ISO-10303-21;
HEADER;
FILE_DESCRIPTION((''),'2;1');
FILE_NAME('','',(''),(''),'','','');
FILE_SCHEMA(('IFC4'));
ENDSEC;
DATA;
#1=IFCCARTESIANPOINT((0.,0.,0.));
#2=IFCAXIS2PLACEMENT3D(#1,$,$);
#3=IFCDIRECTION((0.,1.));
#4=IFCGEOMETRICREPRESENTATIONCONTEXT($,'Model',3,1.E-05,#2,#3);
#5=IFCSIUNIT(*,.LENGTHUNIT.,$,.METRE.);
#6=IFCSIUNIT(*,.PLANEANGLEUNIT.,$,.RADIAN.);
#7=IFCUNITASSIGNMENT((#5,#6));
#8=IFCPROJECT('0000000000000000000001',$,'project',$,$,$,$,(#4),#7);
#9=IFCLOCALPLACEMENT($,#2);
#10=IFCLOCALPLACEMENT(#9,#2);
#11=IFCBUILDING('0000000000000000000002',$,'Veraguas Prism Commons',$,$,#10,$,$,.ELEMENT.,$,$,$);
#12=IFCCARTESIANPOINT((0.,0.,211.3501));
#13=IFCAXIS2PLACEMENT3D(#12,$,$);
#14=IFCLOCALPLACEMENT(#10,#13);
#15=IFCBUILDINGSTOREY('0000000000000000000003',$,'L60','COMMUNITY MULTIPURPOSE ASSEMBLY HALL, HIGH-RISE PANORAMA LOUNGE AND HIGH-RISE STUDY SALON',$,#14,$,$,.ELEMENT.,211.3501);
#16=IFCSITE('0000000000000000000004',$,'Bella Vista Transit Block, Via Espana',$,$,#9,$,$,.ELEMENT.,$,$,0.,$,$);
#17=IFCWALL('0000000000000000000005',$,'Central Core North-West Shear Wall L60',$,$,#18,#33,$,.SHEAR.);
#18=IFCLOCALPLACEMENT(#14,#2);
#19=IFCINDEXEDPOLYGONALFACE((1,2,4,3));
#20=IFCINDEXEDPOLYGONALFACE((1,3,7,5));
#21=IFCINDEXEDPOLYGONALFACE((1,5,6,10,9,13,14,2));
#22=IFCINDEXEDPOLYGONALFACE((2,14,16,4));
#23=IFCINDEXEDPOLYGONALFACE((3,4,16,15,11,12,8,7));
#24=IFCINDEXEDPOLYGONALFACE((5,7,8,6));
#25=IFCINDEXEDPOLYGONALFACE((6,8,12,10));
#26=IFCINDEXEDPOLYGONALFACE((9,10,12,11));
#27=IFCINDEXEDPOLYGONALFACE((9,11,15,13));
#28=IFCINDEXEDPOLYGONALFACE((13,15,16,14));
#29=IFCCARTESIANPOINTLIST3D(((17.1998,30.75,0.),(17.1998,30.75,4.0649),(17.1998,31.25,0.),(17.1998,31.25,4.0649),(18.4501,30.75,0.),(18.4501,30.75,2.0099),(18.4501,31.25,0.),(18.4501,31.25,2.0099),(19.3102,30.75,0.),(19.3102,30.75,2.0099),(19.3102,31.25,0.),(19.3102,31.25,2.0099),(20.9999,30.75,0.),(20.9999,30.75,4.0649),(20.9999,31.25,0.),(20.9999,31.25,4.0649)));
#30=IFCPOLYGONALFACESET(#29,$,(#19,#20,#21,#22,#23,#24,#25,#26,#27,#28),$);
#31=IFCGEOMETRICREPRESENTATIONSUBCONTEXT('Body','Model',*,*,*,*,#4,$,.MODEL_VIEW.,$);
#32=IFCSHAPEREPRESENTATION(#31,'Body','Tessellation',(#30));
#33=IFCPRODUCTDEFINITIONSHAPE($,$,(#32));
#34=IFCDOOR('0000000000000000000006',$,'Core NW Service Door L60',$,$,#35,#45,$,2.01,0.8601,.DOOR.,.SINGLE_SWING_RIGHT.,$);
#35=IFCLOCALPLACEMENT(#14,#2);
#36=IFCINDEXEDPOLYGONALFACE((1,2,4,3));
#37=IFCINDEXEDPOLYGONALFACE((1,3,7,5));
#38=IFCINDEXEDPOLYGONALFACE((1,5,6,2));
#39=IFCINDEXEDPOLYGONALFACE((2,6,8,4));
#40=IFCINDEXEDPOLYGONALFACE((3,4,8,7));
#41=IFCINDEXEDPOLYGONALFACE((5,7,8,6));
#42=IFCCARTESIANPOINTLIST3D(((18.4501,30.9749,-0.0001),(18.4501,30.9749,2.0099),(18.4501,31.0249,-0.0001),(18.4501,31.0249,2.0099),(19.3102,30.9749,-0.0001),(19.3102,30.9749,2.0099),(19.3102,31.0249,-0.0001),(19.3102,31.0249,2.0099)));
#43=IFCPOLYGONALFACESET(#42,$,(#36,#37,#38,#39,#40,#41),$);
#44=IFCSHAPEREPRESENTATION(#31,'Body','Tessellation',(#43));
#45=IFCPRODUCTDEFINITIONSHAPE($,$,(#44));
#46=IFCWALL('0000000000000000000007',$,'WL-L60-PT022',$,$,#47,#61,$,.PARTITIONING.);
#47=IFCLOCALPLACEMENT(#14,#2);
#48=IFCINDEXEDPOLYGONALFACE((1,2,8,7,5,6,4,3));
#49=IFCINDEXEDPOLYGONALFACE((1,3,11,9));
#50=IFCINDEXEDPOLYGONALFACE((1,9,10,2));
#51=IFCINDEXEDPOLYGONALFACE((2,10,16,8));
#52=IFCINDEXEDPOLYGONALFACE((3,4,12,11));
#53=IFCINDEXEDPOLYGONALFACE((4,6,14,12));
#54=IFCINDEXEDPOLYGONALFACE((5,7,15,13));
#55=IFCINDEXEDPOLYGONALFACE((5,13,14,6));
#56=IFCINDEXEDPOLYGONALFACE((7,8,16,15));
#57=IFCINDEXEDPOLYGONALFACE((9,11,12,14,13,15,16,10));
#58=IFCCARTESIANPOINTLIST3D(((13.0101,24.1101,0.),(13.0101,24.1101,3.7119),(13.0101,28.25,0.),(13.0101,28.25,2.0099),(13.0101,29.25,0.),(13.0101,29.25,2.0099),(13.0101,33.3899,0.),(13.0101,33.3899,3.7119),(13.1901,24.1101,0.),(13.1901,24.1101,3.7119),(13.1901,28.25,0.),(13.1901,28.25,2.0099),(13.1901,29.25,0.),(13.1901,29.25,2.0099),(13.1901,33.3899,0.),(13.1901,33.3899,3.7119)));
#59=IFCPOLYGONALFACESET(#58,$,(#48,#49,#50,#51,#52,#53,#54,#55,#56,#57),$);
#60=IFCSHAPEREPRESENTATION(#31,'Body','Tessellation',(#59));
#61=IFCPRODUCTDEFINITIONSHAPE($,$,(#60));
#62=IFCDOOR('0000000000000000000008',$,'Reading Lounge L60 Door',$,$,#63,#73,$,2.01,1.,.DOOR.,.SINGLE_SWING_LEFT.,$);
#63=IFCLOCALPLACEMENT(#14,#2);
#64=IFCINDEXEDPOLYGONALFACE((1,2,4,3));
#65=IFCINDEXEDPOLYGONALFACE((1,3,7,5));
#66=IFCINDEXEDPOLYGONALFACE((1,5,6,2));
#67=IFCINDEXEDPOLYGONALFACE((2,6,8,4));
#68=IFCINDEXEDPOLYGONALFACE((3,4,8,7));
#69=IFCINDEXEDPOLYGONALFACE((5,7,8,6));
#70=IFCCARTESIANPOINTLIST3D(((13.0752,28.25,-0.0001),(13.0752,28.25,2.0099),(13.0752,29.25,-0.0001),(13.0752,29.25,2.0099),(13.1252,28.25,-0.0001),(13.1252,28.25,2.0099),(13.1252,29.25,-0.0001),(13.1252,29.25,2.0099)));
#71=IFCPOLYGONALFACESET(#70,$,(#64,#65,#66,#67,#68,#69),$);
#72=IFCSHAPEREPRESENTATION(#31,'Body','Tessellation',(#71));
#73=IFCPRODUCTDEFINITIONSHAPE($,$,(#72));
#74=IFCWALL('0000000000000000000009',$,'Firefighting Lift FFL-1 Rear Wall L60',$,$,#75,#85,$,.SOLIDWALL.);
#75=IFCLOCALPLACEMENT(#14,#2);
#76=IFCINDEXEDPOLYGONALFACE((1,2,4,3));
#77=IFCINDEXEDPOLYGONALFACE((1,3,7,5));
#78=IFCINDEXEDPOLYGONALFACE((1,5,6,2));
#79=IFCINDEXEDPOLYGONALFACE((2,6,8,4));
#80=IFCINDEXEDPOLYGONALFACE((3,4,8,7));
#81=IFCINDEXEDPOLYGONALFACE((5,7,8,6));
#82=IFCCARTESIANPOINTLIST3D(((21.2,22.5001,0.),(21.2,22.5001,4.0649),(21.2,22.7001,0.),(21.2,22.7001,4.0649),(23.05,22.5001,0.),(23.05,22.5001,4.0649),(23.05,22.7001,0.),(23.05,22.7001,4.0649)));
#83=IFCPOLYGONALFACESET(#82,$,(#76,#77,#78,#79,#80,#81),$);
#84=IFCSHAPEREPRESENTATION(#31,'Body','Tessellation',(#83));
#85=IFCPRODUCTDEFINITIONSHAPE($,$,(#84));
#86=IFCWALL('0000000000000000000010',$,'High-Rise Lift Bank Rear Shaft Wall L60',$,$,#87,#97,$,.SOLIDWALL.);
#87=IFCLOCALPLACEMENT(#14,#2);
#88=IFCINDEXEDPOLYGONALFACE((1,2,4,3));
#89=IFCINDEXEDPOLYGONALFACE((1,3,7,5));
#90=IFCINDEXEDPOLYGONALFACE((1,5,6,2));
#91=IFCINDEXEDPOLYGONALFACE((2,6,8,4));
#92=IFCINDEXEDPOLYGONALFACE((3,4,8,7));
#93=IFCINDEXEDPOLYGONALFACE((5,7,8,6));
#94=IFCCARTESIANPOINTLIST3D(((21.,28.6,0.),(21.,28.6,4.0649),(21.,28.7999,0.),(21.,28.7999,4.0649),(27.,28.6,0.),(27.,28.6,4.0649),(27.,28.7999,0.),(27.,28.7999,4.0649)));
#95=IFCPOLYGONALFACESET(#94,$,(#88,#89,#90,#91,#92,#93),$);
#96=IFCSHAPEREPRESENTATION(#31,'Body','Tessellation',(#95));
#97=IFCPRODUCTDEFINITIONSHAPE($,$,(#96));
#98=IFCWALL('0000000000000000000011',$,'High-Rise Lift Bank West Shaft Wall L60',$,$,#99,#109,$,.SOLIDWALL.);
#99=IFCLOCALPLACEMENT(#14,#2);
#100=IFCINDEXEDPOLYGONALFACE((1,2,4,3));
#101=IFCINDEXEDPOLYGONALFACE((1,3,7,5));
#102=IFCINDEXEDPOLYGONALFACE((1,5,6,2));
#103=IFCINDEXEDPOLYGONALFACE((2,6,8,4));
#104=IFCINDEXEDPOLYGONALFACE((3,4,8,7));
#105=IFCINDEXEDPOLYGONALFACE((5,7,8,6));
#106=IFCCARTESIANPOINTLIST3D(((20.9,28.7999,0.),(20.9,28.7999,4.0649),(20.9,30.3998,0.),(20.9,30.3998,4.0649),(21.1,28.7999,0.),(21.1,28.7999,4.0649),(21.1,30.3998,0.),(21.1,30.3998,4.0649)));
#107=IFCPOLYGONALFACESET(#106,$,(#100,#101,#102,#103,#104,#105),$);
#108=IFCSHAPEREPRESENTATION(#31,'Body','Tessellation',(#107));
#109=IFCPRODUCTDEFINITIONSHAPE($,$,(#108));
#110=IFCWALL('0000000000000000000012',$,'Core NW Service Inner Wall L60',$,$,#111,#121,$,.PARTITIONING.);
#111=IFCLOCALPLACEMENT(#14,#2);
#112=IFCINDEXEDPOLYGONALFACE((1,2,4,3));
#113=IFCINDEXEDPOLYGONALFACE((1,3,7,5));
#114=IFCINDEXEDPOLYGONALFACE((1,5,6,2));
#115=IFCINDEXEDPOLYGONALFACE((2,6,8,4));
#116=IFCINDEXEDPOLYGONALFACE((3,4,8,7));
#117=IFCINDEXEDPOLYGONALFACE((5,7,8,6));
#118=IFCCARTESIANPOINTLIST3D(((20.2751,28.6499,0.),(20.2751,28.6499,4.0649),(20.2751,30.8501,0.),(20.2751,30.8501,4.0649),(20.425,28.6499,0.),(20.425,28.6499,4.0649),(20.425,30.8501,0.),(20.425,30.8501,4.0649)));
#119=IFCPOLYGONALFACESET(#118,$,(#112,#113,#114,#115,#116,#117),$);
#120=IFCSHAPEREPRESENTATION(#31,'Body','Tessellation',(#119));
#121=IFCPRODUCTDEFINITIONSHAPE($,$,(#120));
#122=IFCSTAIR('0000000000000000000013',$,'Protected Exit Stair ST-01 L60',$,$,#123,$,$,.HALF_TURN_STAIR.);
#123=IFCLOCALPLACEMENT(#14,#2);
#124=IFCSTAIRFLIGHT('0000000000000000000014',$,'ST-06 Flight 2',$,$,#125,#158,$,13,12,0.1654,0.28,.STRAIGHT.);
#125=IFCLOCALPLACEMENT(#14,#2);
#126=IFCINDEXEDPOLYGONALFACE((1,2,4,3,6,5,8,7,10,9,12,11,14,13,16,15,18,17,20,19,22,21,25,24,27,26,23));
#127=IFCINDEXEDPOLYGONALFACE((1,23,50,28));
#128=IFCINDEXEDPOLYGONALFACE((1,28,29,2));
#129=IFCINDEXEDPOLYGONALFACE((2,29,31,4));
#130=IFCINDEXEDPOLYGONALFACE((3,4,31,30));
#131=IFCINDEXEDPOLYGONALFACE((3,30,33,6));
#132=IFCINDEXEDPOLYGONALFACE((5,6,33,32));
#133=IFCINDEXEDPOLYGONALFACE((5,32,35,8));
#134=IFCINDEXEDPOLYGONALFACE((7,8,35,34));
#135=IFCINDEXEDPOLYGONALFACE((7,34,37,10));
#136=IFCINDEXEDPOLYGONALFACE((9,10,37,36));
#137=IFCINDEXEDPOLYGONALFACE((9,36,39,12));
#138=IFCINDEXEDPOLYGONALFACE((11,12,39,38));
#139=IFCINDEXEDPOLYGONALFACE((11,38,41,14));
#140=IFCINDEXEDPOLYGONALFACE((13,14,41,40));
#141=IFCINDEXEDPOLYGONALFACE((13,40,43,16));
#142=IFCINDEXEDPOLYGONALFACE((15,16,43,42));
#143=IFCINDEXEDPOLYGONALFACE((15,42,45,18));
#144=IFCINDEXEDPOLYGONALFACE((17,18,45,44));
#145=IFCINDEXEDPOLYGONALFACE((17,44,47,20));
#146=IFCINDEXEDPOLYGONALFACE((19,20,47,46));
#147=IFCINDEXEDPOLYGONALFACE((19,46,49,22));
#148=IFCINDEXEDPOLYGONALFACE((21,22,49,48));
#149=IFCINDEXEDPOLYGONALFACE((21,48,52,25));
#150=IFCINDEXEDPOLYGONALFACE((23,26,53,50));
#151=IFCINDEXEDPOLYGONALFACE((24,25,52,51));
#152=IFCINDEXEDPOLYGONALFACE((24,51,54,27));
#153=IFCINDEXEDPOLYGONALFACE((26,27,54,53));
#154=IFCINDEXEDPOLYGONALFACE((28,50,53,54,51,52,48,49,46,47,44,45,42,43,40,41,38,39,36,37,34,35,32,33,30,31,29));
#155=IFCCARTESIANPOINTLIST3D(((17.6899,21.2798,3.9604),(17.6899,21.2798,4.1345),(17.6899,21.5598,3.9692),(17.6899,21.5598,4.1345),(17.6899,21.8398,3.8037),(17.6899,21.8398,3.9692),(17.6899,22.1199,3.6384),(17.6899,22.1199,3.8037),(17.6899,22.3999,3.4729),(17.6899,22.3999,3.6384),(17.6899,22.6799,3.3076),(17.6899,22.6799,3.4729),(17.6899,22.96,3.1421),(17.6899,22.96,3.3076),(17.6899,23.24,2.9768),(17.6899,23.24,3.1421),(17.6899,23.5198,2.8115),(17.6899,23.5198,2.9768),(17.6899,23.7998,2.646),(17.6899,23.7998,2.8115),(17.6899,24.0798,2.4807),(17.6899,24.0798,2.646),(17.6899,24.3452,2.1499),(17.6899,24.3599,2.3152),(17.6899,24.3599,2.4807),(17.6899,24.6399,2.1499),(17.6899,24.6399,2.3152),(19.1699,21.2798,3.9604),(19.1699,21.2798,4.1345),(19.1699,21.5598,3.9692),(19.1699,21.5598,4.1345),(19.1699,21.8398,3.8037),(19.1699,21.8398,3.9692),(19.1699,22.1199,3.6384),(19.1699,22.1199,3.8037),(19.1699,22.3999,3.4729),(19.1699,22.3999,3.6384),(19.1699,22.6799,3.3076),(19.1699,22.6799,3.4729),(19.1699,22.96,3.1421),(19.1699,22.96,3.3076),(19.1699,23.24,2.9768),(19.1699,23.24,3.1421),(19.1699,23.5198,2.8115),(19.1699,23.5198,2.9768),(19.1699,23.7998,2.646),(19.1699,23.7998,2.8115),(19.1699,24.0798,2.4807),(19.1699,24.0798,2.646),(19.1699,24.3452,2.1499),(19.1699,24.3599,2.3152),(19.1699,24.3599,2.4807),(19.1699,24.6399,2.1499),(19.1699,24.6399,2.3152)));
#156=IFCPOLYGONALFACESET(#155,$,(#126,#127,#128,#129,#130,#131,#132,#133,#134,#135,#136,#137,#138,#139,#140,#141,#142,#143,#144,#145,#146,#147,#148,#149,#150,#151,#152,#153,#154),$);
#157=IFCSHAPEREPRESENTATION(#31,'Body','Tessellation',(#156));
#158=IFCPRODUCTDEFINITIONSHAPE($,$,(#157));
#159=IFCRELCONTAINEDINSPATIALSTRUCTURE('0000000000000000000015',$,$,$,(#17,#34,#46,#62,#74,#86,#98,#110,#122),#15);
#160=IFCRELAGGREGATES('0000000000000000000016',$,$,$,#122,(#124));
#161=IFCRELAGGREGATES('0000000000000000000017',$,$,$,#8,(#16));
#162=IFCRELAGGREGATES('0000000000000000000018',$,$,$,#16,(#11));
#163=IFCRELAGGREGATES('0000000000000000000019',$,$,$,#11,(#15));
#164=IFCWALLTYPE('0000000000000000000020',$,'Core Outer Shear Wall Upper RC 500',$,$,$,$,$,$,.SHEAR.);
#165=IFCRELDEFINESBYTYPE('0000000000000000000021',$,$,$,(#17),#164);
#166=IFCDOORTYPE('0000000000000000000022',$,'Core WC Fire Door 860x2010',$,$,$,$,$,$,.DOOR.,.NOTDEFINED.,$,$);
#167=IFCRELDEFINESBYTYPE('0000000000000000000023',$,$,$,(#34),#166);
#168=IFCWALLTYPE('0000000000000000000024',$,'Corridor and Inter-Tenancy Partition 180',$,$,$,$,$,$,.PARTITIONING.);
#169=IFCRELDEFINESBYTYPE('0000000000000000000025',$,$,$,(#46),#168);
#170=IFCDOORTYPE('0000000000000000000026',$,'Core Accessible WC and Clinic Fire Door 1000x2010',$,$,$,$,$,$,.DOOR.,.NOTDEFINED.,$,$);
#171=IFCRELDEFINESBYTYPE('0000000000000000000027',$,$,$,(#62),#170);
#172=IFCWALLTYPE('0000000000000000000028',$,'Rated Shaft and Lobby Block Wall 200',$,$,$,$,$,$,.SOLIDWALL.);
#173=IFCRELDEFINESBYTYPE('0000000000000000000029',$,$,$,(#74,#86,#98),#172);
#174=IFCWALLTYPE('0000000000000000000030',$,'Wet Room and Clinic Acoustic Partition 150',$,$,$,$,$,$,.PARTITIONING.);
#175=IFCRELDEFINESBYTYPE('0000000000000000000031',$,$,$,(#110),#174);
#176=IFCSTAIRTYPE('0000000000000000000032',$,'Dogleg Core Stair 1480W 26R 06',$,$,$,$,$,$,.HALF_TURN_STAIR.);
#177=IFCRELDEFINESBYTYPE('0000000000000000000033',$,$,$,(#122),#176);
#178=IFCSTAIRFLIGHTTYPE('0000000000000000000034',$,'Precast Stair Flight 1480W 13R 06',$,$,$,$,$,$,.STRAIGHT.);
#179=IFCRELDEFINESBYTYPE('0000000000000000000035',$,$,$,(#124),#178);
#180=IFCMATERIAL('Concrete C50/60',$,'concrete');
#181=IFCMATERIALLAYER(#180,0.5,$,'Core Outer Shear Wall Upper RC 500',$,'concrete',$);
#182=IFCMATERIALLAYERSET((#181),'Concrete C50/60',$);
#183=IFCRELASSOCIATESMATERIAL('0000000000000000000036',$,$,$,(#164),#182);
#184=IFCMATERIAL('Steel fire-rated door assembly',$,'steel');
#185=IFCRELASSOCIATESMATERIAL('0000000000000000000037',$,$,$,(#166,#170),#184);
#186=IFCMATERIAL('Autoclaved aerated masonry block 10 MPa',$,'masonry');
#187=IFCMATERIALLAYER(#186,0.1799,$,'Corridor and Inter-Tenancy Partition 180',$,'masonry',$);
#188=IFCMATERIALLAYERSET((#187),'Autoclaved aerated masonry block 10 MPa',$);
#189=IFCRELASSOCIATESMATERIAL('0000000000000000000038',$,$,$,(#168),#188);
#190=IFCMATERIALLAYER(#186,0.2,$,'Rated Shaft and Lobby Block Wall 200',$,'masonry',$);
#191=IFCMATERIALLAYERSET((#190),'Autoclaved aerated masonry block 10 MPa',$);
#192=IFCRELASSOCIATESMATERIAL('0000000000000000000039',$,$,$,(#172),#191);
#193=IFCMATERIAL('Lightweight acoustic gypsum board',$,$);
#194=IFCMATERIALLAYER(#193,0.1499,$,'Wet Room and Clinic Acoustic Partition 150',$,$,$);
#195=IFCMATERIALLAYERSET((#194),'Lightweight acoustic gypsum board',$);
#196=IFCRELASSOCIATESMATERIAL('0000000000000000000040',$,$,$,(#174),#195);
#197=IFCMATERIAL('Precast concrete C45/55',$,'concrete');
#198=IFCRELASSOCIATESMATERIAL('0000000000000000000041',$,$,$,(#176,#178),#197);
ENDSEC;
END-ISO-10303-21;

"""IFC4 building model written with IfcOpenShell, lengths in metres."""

from ifc_helpers import new_model, si_unit, direction, frame, frame_2d, origin, place, context, subcontext, project, spatial, polyline, rectangle, outline, extrude, source, transform, mapped, material, layer, layer_set, type_object, element, fill, aggregate, save


model = new_model("IFC4")

# Units and contexts
model_context = context("Model", 3, precision=1e-05, world=origin(), true_north=direction((0.0, 1.0)))
body_context = subcontext(model_context, "Body", "Model", "MODEL_VIEW")
ifc_project = project(units=[si_unit("LENGTHUNIT", "METRE"), si_unit("PLANEANGLEUNIT", "RADIAN")], contexts=[model_context])

# Site, building, storey
site_placement = place(None, origin())
site = spatial("IfcSite", under=ifc_project, at=site_placement, Name="Bella Vista Transit Block, Via Espana", CompositionType="ELEMENT", RefElevation=0.0)
building_placement = place(site_placement, origin())
building = spatial("IfcBuilding", under=site, at=building_placement, Name="Veraguas Prism Commons", CompositionType="ELEMENT")
storey_placement = place(building_placement, frame((0.0, 0.0, 211.3501)))
storey = spatial("IfcBuildingStorey", under=building, at=storey_placement, Name="L60", Description="COMMUNITY MULTIPURPOSE ASSEMBLY HALL, HIGH-RISE PANORAMA LOUNGE AND HIGH-RISE STUDY SALON", CompositionType="ELEMENT", Elevation=211.3501)

# Shared definitions
ifc_material_1 = material(Name="Concrete C50/60", Category="concrete")

# Walls, openings, doors
ifc_layer_1 = layer(ifc_material_1, 0.5, Name="Core Outer Shear Wall Upper RC 500", Category="concrete")
ifc_layer_set_1 = layer_set([ifc_layer_1], Name="Concrete C50/60")
wall_type_1 = type_object("IfcWallType", Name="Core Outer Shear Wall Upper RC 500", PredefinedType="SHEAR", material=ifc_layer_set_1)
wall_1_placement = place(storey_placement, frame((17.2, 31.0, 0.0), z_axis=(0.0, 0.0, 1.0), x_axis=(1.0, 0.0, 0.0)))
wall_1 = element("IfcWall", 1, at=wall_1_placement, inside=storey, type_object=wall_type_1, Name="Central Core North-West Shear Wall L60", PredefinedType="SHEAR", context=body_context, shape_type="SweptSolid", body=[
    extrude(rectangle(XDim=3.8, YDim=0.5, at=frame_2d((1.8999, 0.0))), origin(), (0.0, 0.0, 1.0), 4.0649),
])
opening_1_placement = place(wall_1_placement, frame((1.25, 0.0, 0.0)))
opening_1 = element("IfcOpeningElement", 2, at=opening_1_placement, cuts=wall_1, PredefinedType="OPENING", context=body_context, shape_type="SweptSolid", body=[
    extrude(rectangle(XDim=0.8601, YDim=2.01, at=frame_2d((0.4302, 1.0049))), frame((0.0, 0.26, 0.0), z_axis=(0.0, -1.0, 0.0), x_axis=(1.0, 0.0, 0.0)), (0.0, 0.0, 1.0), 0.52),
])
ifc_material_2 = material(Name="Steel fire-rated door assembly", Category="steel")
door_type_1 = type_object("IfcDoorType", Name="Core WC Fire Door 860x2010", OperationType="NOTDEFINED", PredefinedType="DOOR", material=ifc_material_2)
shared_shape_1 = source(origin(), body_context, "Body", "SweptSolid", [
    extrude(rectangle(XDim=0.8601, YDim=2.01, at=frame_2d((0.4302, 1.0049))), frame((0.0, 0.0249, 0.0), z_axis=(0.0, -1.0, 0.0), x_axis=(1.0, 0.0, 0.0)), (0.0, 0.0, 1.0), 0.05),
])
door_1_placement = place(opening_1_placement, origin())
door_1 = element("IfcDoor", 3, at=door_1_placement, inside=storey, type_object=door_type_1, Name="Core NW Service Door L60", OperationType="SINGLE_SWING_RIGHT", OverallHeight=2.01, OverallWidth=0.8601, PredefinedType="DOOR", context=body_context, shape_type="MappedRepresentation", body=[
    mapped(shared_shape_1, transform((0.0, 0.0, 0.0), scale=1.0)),
])
fill(opening_1, door_1)
ifc_material_3 = material(Name="Autoclaved aerated masonry block 10 MPa", Category="masonry")
ifc_layer_2 = layer(ifc_material_3, 0.1799, Name="Corridor and Inter-Tenancy Partition 180", Category="masonry")
ifc_layer_set_2 = layer_set([ifc_layer_2], Name="Autoclaved aerated masonry block 10 MPa")
wall_type_2 = type_object("IfcWallType", Name="Corridor and Inter-Tenancy Partition 180", PredefinedType="PARTITIONING", material=ifc_layer_set_2)
wall_2_placement = place(storey_placement, frame((13.1001, 24.1101, 0.0), z_axis=(0.0, 0.0, 1.0), x_axis=(0.0, 1.0, 0.0)))
wall_2 = element("IfcWall", 4, at=wall_2_placement, inside=storey, type_object=wall_type_2, Name="WL-L60-PT022", PredefinedType="PARTITIONING", context=body_context, shape_type="SweptSolid", body=[
    extrude(rectangle(XDim=9.2798, YDim=0.1799, at=frame_2d((4.6399, 0.0))), origin(), (0.0, 0.0, 1.0), 3.7119),
])
opening_2_placement = place(wall_2_placement, frame((4.1399, 0.0, 0.0)))
opening_2 = element("IfcOpeningElement", 5, at=opening_2_placement, cuts=wall_2, PredefinedType="OPENING", context=body_context, shape_type="SweptSolid", body=[
    extrude(rectangle(XDim=1.0, YDim=2.01, at=frame_2d((0.5, 1.0049))), frame((0.0, 0.0999, 0.0), z_axis=(0.0, -1.0, 0.0), x_axis=(1.0, 0.0, 0.0)), (0.0, 0.0, 1.0), 0.2),
])
door_type_2 = type_object("IfcDoorType", Name="Core Accessible WC and Clinic Fire Door 1000x2010", OperationType="NOTDEFINED", PredefinedType="DOOR", material=ifc_material_2)
shared_shape_2 = source(origin(), body_context, "Body", "SweptSolid", [
    extrude(rectangle(XDim=1.0, YDim=2.01, at=frame_2d((0.5, 1.0049))), frame((0.0, 0.0249, 0.0), z_axis=(0.0, -1.0, 0.0), x_axis=(1.0, 0.0, 0.0)), (0.0, 0.0, 1.0), 0.05),
])
door_2_placement = place(opening_2_placement, origin())
door_2 = element("IfcDoor", 6, at=door_2_placement, inside=storey, type_object=door_type_2, Name="Reading Lounge L60 Door", OperationType="SINGLE_SWING_LEFT", OverallHeight=2.01, OverallWidth=1.0, PredefinedType="DOOR", context=body_context, shape_type="MappedRepresentation", body=[
    mapped(shared_shape_2, transform((0.0, 0.0, 0.0), scale=1.0)),
])
fill(opening_2, door_2)

# Walls
ifc_layer_3 = layer(ifc_material_3, 0.2, Name="Rated Shaft and Lobby Block Wall 200", Category="masonry")
ifc_layer_set_3 = layer_set([ifc_layer_3], Name="Autoclaved aerated masonry block 10 MPa")
wall_type_3 = type_object("IfcWallType", Name="Rated Shaft and Lobby Block Wall 200", PredefinedType="SOLIDWALL", material=ifc_layer_set_3)
wall_3_placement = place(storey_placement, frame((21.2, 22.6001, 0.0), z_axis=(0.0, 0.0, 1.0), x_axis=(1.0, 0.0, 0.0)))
element("IfcWall", 7, at=wall_3_placement, inside=storey, type_object=wall_type_3, Name="Firefighting Lift FFL-1 Rear Wall L60", PredefinedType="SOLIDWALL", context=body_context, shape_type="SweptSolid", body=[
    extrude(rectangle(XDim=1.8501, YDim=0.2, at=frame_2d((0.925, 0.0))), origin(), (0.0, 0.0, 1.0), 4.0649),
])
wall_4_placement = place(storey_placement, frame((21.0, 28.7, 0.0), z_axis=(0.0, 0.0, 1.0), x_axis=(1.0, 0.0, 0.0)))
element("IfcWall", 8, at=wall_4_placement, inside=storey, type_object=wall_type_3, Name="High-Rise Lift Bank Rear Shaft Wall L60", PredefinedType="SOLIDWALL", context=body_context, shape_type="SweptSolid", body=[
    extrude(rectangle(XDim=6.0, YDim=0.2, at=frame_2d((3.0, 0.0))), origin(), (0.0, 0.0, 1.0), 4.0649),
])
wall_5_placement = place(storey_placement, frame((21.0, 28.8, 0.0), z_axis=(0.0, 0.0, 1.0), x_axis=(0.0, 1.0, 0.0)))
element("IfcWall", 9, at=wall_5_placement, inside=storey, type_object=wall_type_3, Name="High-Rise Lift Bank West Shaft Wall L60", PredefinedType="SOLIDWALL", context=body_context, shape_type="SweptSolid", body=[
    extrude(rectangle(XDim=1.5999, YDim=0.2, at=frame_2d((0.7998, 0.0))), origin(), (0.0, 0.0, 1.0), 4.0649),
])
ifc_material_4 = material(Name="Lightweight acoustic gypsum board")
ifc_layer_4 = layer(ifc_material_4, 0.1499, Name="Wet Room and Clinic Acoustic Partition 150")
ifc_layer_set_4 = layer_set([ifc_layer_4], Name="Lightweight acoustic gypsum board")
wall_type_4 = type_object("IfcWallType", Name="Wet Room and Clinic Acoustic Partition 150", PredefinedType="PARTITIONING", material=ifc_layer_set_4)
wall_6_placement = place(storey_placement, frame((20.3501, 28.6499, 0.0), z_axis=(0.0, 0.0, 1.0), x_axis=(0.0, 1.0, 0.0)))
element("IfcWall", 10, at=wall_6_placement, inside=storey, type_object=wall_type_4, Name="Core NW Service Inner Wall L60", PredefinedType="PARTITIONING", context=body_context, shape_type="SweptSolid", body=[
    extrude(rectangle(XDim=2.2002, YDim=0.1499, at=frame_2d((1.1001, 0.0))), origin(), (0.0, 0.0, 1.0), 4.0649),
])

# Stair, stair flight
ifc_material_5 = material(Name="Precast concrete C45/55", Category="concrete")
stair_type = type_object("IfcStairType", Name="Dogleg Core Stair 1480W 26R 06", PredefinedType="HALF_TURN_STAIR", material=ifc_material_5)
stair_placement = place(storey_placement, origin())
stair = element("IfcStair", 11, at=stair_placement, inside=storey, type_object=stair_type, Name="Protected Exit Stair ST-01 L60", PredefinedType="HALF_TURN_STAIR")
stair_flight_type = type_object("IfcStairFlightType", Name="Precast Stair Flight 1480W 13R 06", PredefinedType="STRAIGHT", material=ifc_material_5)
stair_flight_placement = place(storey_placement, frame((18.4299, 24.6399, 2.1499), z_axis=(0.0, 0.0, 1.0), x_axis=(0.0, -1.0, 0.0)))
stair_flight = element("IfcStairFlight", 12, at=stair_flight_placement, type_object=stair_flight_type, Name="ST-06 Flight 2", NumberOfRisers=13, NumberOfTreads=12, PredefinedType="STRAIGHT", RiserHeight=0.1654, TreadLength=0.28, context=body_context, shape_type="SweptSolid", body=[
    extrude(outline(polyline([(0.0, 0.0), (0.0, 0.1653), (0.28, 0.1653), (0.28, 0.3308), (0.5601, 0.3308), (0.5601, 0.4961), (0.8401, 0.4961), (0.8401, 0.6616), (1.1201, 0.6616), (1.1201, 0.8269), (1.3999, 0.8269), (1.3999, 0.9922), (1.6799, 0.9922), (1.6799, 1.1577), (1.96, 1.1577), (1.96, 1.323), (2.24, 1.323), (2.24, 1.4885), (2.52, 1.4885), (2.52, 1.6538), (2.8, 1.6538), (2.8, 1.8193), (3.0801, 1.8193), (3.0801, 1.9846), (3.3601, 1.9846), (3.3601, 2.1499), (3.3601, 1.8105), (0.2947, 0.0), (0.0, 0.0)])), frame((0.0, 0.74, 0.0), z_axis=(0.0, -1.0, 0.0), x_axis=(1.0, 0.0, 0.0)), (0.0, 0.0, 1.0), 1.48),
])
aggregate(stair, [stair_flight])

save(model, "model.ifc")
